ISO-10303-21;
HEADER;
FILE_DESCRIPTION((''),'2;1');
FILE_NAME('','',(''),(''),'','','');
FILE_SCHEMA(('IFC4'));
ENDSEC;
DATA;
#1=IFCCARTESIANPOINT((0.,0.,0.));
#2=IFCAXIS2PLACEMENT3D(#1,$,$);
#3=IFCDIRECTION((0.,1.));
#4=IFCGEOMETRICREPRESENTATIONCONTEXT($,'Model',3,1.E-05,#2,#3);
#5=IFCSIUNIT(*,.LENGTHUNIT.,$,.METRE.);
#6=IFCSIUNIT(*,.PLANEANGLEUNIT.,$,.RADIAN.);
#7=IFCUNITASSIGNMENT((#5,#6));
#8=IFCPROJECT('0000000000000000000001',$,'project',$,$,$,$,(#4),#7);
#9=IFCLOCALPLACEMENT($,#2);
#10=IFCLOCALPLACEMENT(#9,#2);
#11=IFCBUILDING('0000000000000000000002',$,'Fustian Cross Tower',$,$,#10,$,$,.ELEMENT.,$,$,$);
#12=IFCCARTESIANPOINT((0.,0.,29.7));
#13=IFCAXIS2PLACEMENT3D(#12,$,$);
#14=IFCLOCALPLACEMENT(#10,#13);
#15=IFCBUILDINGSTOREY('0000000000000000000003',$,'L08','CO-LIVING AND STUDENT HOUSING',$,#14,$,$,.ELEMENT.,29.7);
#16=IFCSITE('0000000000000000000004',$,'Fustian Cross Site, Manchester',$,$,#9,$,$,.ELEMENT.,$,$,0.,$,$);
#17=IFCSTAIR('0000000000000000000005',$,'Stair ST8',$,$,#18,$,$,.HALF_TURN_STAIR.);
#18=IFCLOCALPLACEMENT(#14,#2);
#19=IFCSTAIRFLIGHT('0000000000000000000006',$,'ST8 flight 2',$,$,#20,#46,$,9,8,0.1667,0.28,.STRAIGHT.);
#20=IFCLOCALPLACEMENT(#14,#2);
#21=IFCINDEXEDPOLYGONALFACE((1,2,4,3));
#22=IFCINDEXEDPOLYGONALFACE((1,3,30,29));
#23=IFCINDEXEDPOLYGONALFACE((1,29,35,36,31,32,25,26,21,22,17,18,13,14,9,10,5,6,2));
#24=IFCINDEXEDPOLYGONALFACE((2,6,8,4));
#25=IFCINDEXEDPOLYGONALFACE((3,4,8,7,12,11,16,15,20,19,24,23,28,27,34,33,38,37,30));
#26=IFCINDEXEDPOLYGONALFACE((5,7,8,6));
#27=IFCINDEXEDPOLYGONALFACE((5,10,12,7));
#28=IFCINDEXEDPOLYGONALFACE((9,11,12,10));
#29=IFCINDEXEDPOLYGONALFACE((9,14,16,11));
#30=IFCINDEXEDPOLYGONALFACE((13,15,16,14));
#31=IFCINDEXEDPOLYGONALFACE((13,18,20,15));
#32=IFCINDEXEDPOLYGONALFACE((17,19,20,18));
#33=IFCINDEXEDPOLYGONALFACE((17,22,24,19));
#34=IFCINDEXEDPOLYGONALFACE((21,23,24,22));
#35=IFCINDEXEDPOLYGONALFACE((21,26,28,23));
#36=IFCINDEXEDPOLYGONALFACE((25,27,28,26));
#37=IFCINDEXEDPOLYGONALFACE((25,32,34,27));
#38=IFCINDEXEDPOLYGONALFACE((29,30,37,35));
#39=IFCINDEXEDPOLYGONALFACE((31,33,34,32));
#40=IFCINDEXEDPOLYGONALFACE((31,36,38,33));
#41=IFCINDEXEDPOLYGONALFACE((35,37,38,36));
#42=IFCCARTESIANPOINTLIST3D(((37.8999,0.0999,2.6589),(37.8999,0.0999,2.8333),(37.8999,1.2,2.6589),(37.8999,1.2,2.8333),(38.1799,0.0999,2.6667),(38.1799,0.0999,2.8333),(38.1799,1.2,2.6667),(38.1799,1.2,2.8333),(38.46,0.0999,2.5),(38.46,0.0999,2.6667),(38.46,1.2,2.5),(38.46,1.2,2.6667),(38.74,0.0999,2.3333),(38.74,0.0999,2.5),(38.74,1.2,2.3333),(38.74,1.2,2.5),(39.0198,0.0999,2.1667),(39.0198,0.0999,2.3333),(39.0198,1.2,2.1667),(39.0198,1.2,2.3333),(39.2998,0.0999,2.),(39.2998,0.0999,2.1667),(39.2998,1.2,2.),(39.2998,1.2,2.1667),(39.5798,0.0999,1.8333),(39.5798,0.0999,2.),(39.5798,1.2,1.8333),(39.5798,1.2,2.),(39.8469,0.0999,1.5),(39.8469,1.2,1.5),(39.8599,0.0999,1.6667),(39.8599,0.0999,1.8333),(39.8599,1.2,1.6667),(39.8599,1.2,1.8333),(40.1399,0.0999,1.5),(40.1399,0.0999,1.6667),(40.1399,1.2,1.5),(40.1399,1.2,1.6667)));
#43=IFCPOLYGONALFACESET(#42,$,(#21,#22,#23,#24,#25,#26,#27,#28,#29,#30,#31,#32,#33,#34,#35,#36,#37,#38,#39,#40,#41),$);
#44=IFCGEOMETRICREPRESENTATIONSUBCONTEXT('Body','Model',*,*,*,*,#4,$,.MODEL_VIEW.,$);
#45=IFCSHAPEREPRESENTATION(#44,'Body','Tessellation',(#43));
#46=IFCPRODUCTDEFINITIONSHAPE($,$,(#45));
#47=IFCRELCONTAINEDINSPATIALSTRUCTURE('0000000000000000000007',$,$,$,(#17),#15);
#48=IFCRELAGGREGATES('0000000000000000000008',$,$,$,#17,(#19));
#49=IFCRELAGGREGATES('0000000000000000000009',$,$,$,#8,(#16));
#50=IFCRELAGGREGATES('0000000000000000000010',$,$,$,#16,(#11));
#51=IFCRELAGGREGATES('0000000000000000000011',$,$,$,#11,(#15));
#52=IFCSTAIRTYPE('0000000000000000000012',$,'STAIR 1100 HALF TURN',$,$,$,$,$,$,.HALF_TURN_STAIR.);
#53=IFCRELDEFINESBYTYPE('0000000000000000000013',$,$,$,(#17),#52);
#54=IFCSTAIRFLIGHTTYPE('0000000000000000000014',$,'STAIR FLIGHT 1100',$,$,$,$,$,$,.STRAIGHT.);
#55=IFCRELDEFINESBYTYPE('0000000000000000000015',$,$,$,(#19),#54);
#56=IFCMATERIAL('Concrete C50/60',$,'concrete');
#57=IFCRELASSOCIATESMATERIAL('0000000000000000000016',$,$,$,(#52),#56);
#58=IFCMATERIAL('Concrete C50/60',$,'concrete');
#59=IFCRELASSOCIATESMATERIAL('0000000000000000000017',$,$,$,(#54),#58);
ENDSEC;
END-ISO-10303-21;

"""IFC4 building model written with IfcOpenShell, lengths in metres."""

from ifc_helpers import new_model, si_unit, direction, frame, origin, place, context, subcontext, project, spatial, polyline, outline, extrude, material, type_object, element, aggregate, save


model = new_model("IFC4")

# Units and contexts
model_context = context("Model", 3, precision=1e-05, world=origin(), true_north=direction((0.0, 1.0)))
body_context = subcontext(model_context, "Body", "Model", "MODEL_VIEW")
ifc_project = project(units=[si_unit("LENGTHUNIT", "METRE"), si_unit("PLANEANGLEUNIT", "RADIAN")], contexts=[model_context])

# Site, building, storey
site_placement = place(None, origin())
site = spatial("IfcSite", under=ifc_project, at=site_placement, Name="Fustian Cross Site, Manchester", CompositionType="ELEMENT", RefElevation=0.0)
building_placement = place(site_placement, origin())
building = spatial("IfcBuilding", under=site, at=building_placement, Name="Fustian Cross Tower", CompositionType="ELEMENT")
storey_placement = place(building_placement, frame((0.0, 0.0, 29.7)))
storey = spatial("IfcBuildingStorey", under=building, at=storey_placement, Name="L08", Description="CO-LIVING AND STUDENT HOUSING", CompositionType="ELEMENT", Elevation=29.7)

# Stair, stair flight
ifc_material_1 = material(Name="Concrete C50/60", Category="concrete")
stair_type = type_object("IfcStairType", Name="STAIR 1100 HALF TURN", PredefinedType="HALF_TURN_STAIR", material=ifc_material_1)
stair_placement = place(storey_placement, origin())
stair = element("IfcStair", 1, at=stair_placement, inside=storey, type_object=stair_type, Name="Stair ST8", PredefinedType="HALF_TURN_STAIR")
ifc_material_2 = material(Name="Concrete C50/60", Category="concrete")
stair_flight_type = type_object("IfcStairFlightType", Name="STAIR FLIGHT 1100", PredefinedType="STRAIGHT", material=ifc_material_2)
stair_flight_placement = place(storey_placement, frame((40.1399, 0.6499, 1.5), z_axis=(0.0, 0.0, 1.0), x_axis=(-1.0, 0.0, 0.0)))
stair_flight = element("IfcStairFlight", 2, at=stair_flight_placement, type_object=stair_flight_type, Name="ST8 flight 2", NumberOfRisers=9, NumberOfTreads=8, PredefinedType="STRAIGHT", RiserHeight=0.1667, TreadLength=0.28, context=body_context, shape_type="SweptSolid", body=[
    extrude(outline(polyline([(0.0, 0.0), (0.0, 0.1667), (0.28, 0.1667), (0.28, 0.3333), (0.5601, 0.3333), (0.5601, 0.5), (0.8401, 0.5), (0.8401, 0.6667), (1.1201, 0.6667), (1.1201, 0.8333), (1.3999, 0.8333), (1.3999, 1.0), (1.6799, 1.0), (1.6799, 1.1667), (1.96, 1.1667), (1.96, 1.3333), (2.24, 1.3333), (2.24, 1.5), (2.24, 1.1589), (0.293, 0.0), (0.0, 0.0)])), frame((0.0, 0.55, 0.0), z_axis=(0.0, -1.0, 0.0), x_axis=(1.0, 0.0, 0.0)), (0.0, 0.0, 1.0), 1.1001),
])
aggregate(stair, [stair_flight])

save(model, "model.ifc")
